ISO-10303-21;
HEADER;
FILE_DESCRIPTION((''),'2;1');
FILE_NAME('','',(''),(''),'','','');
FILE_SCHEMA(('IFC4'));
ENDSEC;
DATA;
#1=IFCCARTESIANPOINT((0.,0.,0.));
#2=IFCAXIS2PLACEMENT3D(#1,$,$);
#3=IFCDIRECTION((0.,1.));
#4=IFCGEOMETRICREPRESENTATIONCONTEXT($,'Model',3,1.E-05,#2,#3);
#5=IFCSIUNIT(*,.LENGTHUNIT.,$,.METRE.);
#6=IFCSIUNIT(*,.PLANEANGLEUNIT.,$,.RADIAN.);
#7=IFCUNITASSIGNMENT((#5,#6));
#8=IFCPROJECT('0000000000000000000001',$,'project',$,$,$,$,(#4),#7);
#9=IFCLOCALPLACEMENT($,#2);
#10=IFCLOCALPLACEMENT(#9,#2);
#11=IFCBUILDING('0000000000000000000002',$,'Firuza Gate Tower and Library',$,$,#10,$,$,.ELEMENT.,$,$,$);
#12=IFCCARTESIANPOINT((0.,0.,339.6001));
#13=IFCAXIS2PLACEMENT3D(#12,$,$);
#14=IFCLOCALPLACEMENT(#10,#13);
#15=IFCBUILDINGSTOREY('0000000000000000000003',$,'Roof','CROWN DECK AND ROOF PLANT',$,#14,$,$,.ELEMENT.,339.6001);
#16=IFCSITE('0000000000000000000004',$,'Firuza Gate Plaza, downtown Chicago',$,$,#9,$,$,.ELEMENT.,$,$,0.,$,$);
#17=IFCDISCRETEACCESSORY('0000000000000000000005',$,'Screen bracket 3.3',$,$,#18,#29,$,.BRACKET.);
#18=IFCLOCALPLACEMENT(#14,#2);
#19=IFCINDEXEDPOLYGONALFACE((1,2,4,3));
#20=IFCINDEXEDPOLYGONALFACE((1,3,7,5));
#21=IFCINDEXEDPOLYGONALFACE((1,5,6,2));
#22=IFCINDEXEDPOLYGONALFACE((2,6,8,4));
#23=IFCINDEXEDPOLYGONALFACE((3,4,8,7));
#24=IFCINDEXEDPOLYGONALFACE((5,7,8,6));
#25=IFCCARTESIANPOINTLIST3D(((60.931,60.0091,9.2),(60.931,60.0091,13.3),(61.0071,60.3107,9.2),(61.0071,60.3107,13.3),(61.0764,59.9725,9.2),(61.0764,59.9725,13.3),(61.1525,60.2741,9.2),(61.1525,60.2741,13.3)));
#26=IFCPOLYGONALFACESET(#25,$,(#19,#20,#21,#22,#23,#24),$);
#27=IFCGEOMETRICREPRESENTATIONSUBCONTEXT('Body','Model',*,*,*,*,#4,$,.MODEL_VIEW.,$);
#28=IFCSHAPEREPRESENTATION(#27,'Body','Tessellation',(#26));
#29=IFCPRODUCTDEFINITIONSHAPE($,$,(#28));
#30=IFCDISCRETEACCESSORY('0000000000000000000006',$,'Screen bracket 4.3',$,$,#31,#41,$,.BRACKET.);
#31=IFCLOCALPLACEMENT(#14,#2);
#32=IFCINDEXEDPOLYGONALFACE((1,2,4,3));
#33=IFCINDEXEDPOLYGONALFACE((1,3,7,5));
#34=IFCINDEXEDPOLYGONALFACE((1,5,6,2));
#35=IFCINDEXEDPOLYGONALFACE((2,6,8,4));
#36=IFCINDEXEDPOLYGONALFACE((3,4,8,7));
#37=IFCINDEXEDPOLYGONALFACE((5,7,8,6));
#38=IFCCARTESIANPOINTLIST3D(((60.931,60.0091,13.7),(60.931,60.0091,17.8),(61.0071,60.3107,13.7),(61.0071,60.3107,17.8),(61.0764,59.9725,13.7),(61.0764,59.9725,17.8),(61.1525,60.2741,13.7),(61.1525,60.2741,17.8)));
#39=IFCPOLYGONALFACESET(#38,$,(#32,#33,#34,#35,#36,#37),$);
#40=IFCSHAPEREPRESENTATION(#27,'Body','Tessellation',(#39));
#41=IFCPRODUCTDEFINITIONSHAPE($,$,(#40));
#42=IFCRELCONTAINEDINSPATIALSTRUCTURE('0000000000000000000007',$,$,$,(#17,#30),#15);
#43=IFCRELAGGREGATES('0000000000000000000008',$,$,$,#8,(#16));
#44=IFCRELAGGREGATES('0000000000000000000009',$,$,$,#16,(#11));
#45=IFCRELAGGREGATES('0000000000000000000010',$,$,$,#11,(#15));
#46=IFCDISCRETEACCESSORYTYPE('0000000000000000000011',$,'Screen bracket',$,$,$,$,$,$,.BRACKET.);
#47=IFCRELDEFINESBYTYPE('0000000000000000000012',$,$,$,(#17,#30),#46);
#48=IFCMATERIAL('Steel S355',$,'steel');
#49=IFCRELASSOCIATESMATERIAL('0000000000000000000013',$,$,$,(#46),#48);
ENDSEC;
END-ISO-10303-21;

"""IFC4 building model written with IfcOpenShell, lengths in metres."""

from ifc_helpers import new_model, si_unit, direction, frame, origin, origin_2d, place, context, subcontext, project, spatial, rectangle, extrude, material, type_object, element, save


model = new_model("IFC4")

# Units and contexts
model_context = context("Model", 3, precision=1e-05, world=origin(), true_north=direction((0.0, 1.0)))
body_context = subcontext(model_context, "Body", "Model", "MODEL_VIEW")
ifc_project = project(units=[si_unit("LENGTHUNIT", "METRE"), si_unit("PLANEANGLEUNIT", "RADIAN")], contexts=[model_context])

# Site, building, storey
site_placement = place(None, origin())
site = spatial("IfcSite", under=ifc_project, at=site_placement, Name="Firuza Gate Plaza, downtown Chicago", CompositionType="ELEMENT", RefElevation=0.0)
building_placement = place(site_placement, origin())
building = spatial("IfcBuilding", under=site, at=building_placement, Name="Firuza Gate Tower and Library", CompositionType="ELEMENT")
storey_placement = place(building_placement, frame((0.0, 0.0, 339.6001)))
storey = spatial("IfcBuildingStorey", under=building, at=storey_placement, Name="Roof", Description="CROWN DECK AND ROOF PLANT", CompositionType="ELEMENT", Elevation=339.6001)

# Discrete accessories
ifc_material_1 = material(Name="Steel S355", Category="steel")
discrete_accessory_type = type_object("IfcDiscreteAccessoryType", Name="Screen bracket", PredefinedType="BRACKET", material=ifc_material_1)
for number, where, z_axis, x_axis, name in (
    (1, (61.0417, 60.1416, 9.2), (0.0, 0.0, 1.0), (-0.244677, -0.969605, 0.0), "Screen bracket 3.3"),
    (2, (61.0417, 60.1416, 13.7), (0.0, 0.0, 1.0), (-0.244677, -0.969605, 0.0), "Screen bracket 4.3"),
):
    element("IfcDiscreteAccessory", number, at=place(storey_placement, frame(where, z_axis=z_axis, x_axis=x_axis)), inside=storey, type_object=discrete_accessory_type, Name=name, PredefinedType="BRACKET", context=body_context, shape_type="SweptSolid", body=[
        extrude(rectangle(XDim=0.311, YDim=0.1499, at=origin_2d()), origin(), (0.0, 0.0, 1.0), 4.1001),
    ])

save(model, "model.ifc")
